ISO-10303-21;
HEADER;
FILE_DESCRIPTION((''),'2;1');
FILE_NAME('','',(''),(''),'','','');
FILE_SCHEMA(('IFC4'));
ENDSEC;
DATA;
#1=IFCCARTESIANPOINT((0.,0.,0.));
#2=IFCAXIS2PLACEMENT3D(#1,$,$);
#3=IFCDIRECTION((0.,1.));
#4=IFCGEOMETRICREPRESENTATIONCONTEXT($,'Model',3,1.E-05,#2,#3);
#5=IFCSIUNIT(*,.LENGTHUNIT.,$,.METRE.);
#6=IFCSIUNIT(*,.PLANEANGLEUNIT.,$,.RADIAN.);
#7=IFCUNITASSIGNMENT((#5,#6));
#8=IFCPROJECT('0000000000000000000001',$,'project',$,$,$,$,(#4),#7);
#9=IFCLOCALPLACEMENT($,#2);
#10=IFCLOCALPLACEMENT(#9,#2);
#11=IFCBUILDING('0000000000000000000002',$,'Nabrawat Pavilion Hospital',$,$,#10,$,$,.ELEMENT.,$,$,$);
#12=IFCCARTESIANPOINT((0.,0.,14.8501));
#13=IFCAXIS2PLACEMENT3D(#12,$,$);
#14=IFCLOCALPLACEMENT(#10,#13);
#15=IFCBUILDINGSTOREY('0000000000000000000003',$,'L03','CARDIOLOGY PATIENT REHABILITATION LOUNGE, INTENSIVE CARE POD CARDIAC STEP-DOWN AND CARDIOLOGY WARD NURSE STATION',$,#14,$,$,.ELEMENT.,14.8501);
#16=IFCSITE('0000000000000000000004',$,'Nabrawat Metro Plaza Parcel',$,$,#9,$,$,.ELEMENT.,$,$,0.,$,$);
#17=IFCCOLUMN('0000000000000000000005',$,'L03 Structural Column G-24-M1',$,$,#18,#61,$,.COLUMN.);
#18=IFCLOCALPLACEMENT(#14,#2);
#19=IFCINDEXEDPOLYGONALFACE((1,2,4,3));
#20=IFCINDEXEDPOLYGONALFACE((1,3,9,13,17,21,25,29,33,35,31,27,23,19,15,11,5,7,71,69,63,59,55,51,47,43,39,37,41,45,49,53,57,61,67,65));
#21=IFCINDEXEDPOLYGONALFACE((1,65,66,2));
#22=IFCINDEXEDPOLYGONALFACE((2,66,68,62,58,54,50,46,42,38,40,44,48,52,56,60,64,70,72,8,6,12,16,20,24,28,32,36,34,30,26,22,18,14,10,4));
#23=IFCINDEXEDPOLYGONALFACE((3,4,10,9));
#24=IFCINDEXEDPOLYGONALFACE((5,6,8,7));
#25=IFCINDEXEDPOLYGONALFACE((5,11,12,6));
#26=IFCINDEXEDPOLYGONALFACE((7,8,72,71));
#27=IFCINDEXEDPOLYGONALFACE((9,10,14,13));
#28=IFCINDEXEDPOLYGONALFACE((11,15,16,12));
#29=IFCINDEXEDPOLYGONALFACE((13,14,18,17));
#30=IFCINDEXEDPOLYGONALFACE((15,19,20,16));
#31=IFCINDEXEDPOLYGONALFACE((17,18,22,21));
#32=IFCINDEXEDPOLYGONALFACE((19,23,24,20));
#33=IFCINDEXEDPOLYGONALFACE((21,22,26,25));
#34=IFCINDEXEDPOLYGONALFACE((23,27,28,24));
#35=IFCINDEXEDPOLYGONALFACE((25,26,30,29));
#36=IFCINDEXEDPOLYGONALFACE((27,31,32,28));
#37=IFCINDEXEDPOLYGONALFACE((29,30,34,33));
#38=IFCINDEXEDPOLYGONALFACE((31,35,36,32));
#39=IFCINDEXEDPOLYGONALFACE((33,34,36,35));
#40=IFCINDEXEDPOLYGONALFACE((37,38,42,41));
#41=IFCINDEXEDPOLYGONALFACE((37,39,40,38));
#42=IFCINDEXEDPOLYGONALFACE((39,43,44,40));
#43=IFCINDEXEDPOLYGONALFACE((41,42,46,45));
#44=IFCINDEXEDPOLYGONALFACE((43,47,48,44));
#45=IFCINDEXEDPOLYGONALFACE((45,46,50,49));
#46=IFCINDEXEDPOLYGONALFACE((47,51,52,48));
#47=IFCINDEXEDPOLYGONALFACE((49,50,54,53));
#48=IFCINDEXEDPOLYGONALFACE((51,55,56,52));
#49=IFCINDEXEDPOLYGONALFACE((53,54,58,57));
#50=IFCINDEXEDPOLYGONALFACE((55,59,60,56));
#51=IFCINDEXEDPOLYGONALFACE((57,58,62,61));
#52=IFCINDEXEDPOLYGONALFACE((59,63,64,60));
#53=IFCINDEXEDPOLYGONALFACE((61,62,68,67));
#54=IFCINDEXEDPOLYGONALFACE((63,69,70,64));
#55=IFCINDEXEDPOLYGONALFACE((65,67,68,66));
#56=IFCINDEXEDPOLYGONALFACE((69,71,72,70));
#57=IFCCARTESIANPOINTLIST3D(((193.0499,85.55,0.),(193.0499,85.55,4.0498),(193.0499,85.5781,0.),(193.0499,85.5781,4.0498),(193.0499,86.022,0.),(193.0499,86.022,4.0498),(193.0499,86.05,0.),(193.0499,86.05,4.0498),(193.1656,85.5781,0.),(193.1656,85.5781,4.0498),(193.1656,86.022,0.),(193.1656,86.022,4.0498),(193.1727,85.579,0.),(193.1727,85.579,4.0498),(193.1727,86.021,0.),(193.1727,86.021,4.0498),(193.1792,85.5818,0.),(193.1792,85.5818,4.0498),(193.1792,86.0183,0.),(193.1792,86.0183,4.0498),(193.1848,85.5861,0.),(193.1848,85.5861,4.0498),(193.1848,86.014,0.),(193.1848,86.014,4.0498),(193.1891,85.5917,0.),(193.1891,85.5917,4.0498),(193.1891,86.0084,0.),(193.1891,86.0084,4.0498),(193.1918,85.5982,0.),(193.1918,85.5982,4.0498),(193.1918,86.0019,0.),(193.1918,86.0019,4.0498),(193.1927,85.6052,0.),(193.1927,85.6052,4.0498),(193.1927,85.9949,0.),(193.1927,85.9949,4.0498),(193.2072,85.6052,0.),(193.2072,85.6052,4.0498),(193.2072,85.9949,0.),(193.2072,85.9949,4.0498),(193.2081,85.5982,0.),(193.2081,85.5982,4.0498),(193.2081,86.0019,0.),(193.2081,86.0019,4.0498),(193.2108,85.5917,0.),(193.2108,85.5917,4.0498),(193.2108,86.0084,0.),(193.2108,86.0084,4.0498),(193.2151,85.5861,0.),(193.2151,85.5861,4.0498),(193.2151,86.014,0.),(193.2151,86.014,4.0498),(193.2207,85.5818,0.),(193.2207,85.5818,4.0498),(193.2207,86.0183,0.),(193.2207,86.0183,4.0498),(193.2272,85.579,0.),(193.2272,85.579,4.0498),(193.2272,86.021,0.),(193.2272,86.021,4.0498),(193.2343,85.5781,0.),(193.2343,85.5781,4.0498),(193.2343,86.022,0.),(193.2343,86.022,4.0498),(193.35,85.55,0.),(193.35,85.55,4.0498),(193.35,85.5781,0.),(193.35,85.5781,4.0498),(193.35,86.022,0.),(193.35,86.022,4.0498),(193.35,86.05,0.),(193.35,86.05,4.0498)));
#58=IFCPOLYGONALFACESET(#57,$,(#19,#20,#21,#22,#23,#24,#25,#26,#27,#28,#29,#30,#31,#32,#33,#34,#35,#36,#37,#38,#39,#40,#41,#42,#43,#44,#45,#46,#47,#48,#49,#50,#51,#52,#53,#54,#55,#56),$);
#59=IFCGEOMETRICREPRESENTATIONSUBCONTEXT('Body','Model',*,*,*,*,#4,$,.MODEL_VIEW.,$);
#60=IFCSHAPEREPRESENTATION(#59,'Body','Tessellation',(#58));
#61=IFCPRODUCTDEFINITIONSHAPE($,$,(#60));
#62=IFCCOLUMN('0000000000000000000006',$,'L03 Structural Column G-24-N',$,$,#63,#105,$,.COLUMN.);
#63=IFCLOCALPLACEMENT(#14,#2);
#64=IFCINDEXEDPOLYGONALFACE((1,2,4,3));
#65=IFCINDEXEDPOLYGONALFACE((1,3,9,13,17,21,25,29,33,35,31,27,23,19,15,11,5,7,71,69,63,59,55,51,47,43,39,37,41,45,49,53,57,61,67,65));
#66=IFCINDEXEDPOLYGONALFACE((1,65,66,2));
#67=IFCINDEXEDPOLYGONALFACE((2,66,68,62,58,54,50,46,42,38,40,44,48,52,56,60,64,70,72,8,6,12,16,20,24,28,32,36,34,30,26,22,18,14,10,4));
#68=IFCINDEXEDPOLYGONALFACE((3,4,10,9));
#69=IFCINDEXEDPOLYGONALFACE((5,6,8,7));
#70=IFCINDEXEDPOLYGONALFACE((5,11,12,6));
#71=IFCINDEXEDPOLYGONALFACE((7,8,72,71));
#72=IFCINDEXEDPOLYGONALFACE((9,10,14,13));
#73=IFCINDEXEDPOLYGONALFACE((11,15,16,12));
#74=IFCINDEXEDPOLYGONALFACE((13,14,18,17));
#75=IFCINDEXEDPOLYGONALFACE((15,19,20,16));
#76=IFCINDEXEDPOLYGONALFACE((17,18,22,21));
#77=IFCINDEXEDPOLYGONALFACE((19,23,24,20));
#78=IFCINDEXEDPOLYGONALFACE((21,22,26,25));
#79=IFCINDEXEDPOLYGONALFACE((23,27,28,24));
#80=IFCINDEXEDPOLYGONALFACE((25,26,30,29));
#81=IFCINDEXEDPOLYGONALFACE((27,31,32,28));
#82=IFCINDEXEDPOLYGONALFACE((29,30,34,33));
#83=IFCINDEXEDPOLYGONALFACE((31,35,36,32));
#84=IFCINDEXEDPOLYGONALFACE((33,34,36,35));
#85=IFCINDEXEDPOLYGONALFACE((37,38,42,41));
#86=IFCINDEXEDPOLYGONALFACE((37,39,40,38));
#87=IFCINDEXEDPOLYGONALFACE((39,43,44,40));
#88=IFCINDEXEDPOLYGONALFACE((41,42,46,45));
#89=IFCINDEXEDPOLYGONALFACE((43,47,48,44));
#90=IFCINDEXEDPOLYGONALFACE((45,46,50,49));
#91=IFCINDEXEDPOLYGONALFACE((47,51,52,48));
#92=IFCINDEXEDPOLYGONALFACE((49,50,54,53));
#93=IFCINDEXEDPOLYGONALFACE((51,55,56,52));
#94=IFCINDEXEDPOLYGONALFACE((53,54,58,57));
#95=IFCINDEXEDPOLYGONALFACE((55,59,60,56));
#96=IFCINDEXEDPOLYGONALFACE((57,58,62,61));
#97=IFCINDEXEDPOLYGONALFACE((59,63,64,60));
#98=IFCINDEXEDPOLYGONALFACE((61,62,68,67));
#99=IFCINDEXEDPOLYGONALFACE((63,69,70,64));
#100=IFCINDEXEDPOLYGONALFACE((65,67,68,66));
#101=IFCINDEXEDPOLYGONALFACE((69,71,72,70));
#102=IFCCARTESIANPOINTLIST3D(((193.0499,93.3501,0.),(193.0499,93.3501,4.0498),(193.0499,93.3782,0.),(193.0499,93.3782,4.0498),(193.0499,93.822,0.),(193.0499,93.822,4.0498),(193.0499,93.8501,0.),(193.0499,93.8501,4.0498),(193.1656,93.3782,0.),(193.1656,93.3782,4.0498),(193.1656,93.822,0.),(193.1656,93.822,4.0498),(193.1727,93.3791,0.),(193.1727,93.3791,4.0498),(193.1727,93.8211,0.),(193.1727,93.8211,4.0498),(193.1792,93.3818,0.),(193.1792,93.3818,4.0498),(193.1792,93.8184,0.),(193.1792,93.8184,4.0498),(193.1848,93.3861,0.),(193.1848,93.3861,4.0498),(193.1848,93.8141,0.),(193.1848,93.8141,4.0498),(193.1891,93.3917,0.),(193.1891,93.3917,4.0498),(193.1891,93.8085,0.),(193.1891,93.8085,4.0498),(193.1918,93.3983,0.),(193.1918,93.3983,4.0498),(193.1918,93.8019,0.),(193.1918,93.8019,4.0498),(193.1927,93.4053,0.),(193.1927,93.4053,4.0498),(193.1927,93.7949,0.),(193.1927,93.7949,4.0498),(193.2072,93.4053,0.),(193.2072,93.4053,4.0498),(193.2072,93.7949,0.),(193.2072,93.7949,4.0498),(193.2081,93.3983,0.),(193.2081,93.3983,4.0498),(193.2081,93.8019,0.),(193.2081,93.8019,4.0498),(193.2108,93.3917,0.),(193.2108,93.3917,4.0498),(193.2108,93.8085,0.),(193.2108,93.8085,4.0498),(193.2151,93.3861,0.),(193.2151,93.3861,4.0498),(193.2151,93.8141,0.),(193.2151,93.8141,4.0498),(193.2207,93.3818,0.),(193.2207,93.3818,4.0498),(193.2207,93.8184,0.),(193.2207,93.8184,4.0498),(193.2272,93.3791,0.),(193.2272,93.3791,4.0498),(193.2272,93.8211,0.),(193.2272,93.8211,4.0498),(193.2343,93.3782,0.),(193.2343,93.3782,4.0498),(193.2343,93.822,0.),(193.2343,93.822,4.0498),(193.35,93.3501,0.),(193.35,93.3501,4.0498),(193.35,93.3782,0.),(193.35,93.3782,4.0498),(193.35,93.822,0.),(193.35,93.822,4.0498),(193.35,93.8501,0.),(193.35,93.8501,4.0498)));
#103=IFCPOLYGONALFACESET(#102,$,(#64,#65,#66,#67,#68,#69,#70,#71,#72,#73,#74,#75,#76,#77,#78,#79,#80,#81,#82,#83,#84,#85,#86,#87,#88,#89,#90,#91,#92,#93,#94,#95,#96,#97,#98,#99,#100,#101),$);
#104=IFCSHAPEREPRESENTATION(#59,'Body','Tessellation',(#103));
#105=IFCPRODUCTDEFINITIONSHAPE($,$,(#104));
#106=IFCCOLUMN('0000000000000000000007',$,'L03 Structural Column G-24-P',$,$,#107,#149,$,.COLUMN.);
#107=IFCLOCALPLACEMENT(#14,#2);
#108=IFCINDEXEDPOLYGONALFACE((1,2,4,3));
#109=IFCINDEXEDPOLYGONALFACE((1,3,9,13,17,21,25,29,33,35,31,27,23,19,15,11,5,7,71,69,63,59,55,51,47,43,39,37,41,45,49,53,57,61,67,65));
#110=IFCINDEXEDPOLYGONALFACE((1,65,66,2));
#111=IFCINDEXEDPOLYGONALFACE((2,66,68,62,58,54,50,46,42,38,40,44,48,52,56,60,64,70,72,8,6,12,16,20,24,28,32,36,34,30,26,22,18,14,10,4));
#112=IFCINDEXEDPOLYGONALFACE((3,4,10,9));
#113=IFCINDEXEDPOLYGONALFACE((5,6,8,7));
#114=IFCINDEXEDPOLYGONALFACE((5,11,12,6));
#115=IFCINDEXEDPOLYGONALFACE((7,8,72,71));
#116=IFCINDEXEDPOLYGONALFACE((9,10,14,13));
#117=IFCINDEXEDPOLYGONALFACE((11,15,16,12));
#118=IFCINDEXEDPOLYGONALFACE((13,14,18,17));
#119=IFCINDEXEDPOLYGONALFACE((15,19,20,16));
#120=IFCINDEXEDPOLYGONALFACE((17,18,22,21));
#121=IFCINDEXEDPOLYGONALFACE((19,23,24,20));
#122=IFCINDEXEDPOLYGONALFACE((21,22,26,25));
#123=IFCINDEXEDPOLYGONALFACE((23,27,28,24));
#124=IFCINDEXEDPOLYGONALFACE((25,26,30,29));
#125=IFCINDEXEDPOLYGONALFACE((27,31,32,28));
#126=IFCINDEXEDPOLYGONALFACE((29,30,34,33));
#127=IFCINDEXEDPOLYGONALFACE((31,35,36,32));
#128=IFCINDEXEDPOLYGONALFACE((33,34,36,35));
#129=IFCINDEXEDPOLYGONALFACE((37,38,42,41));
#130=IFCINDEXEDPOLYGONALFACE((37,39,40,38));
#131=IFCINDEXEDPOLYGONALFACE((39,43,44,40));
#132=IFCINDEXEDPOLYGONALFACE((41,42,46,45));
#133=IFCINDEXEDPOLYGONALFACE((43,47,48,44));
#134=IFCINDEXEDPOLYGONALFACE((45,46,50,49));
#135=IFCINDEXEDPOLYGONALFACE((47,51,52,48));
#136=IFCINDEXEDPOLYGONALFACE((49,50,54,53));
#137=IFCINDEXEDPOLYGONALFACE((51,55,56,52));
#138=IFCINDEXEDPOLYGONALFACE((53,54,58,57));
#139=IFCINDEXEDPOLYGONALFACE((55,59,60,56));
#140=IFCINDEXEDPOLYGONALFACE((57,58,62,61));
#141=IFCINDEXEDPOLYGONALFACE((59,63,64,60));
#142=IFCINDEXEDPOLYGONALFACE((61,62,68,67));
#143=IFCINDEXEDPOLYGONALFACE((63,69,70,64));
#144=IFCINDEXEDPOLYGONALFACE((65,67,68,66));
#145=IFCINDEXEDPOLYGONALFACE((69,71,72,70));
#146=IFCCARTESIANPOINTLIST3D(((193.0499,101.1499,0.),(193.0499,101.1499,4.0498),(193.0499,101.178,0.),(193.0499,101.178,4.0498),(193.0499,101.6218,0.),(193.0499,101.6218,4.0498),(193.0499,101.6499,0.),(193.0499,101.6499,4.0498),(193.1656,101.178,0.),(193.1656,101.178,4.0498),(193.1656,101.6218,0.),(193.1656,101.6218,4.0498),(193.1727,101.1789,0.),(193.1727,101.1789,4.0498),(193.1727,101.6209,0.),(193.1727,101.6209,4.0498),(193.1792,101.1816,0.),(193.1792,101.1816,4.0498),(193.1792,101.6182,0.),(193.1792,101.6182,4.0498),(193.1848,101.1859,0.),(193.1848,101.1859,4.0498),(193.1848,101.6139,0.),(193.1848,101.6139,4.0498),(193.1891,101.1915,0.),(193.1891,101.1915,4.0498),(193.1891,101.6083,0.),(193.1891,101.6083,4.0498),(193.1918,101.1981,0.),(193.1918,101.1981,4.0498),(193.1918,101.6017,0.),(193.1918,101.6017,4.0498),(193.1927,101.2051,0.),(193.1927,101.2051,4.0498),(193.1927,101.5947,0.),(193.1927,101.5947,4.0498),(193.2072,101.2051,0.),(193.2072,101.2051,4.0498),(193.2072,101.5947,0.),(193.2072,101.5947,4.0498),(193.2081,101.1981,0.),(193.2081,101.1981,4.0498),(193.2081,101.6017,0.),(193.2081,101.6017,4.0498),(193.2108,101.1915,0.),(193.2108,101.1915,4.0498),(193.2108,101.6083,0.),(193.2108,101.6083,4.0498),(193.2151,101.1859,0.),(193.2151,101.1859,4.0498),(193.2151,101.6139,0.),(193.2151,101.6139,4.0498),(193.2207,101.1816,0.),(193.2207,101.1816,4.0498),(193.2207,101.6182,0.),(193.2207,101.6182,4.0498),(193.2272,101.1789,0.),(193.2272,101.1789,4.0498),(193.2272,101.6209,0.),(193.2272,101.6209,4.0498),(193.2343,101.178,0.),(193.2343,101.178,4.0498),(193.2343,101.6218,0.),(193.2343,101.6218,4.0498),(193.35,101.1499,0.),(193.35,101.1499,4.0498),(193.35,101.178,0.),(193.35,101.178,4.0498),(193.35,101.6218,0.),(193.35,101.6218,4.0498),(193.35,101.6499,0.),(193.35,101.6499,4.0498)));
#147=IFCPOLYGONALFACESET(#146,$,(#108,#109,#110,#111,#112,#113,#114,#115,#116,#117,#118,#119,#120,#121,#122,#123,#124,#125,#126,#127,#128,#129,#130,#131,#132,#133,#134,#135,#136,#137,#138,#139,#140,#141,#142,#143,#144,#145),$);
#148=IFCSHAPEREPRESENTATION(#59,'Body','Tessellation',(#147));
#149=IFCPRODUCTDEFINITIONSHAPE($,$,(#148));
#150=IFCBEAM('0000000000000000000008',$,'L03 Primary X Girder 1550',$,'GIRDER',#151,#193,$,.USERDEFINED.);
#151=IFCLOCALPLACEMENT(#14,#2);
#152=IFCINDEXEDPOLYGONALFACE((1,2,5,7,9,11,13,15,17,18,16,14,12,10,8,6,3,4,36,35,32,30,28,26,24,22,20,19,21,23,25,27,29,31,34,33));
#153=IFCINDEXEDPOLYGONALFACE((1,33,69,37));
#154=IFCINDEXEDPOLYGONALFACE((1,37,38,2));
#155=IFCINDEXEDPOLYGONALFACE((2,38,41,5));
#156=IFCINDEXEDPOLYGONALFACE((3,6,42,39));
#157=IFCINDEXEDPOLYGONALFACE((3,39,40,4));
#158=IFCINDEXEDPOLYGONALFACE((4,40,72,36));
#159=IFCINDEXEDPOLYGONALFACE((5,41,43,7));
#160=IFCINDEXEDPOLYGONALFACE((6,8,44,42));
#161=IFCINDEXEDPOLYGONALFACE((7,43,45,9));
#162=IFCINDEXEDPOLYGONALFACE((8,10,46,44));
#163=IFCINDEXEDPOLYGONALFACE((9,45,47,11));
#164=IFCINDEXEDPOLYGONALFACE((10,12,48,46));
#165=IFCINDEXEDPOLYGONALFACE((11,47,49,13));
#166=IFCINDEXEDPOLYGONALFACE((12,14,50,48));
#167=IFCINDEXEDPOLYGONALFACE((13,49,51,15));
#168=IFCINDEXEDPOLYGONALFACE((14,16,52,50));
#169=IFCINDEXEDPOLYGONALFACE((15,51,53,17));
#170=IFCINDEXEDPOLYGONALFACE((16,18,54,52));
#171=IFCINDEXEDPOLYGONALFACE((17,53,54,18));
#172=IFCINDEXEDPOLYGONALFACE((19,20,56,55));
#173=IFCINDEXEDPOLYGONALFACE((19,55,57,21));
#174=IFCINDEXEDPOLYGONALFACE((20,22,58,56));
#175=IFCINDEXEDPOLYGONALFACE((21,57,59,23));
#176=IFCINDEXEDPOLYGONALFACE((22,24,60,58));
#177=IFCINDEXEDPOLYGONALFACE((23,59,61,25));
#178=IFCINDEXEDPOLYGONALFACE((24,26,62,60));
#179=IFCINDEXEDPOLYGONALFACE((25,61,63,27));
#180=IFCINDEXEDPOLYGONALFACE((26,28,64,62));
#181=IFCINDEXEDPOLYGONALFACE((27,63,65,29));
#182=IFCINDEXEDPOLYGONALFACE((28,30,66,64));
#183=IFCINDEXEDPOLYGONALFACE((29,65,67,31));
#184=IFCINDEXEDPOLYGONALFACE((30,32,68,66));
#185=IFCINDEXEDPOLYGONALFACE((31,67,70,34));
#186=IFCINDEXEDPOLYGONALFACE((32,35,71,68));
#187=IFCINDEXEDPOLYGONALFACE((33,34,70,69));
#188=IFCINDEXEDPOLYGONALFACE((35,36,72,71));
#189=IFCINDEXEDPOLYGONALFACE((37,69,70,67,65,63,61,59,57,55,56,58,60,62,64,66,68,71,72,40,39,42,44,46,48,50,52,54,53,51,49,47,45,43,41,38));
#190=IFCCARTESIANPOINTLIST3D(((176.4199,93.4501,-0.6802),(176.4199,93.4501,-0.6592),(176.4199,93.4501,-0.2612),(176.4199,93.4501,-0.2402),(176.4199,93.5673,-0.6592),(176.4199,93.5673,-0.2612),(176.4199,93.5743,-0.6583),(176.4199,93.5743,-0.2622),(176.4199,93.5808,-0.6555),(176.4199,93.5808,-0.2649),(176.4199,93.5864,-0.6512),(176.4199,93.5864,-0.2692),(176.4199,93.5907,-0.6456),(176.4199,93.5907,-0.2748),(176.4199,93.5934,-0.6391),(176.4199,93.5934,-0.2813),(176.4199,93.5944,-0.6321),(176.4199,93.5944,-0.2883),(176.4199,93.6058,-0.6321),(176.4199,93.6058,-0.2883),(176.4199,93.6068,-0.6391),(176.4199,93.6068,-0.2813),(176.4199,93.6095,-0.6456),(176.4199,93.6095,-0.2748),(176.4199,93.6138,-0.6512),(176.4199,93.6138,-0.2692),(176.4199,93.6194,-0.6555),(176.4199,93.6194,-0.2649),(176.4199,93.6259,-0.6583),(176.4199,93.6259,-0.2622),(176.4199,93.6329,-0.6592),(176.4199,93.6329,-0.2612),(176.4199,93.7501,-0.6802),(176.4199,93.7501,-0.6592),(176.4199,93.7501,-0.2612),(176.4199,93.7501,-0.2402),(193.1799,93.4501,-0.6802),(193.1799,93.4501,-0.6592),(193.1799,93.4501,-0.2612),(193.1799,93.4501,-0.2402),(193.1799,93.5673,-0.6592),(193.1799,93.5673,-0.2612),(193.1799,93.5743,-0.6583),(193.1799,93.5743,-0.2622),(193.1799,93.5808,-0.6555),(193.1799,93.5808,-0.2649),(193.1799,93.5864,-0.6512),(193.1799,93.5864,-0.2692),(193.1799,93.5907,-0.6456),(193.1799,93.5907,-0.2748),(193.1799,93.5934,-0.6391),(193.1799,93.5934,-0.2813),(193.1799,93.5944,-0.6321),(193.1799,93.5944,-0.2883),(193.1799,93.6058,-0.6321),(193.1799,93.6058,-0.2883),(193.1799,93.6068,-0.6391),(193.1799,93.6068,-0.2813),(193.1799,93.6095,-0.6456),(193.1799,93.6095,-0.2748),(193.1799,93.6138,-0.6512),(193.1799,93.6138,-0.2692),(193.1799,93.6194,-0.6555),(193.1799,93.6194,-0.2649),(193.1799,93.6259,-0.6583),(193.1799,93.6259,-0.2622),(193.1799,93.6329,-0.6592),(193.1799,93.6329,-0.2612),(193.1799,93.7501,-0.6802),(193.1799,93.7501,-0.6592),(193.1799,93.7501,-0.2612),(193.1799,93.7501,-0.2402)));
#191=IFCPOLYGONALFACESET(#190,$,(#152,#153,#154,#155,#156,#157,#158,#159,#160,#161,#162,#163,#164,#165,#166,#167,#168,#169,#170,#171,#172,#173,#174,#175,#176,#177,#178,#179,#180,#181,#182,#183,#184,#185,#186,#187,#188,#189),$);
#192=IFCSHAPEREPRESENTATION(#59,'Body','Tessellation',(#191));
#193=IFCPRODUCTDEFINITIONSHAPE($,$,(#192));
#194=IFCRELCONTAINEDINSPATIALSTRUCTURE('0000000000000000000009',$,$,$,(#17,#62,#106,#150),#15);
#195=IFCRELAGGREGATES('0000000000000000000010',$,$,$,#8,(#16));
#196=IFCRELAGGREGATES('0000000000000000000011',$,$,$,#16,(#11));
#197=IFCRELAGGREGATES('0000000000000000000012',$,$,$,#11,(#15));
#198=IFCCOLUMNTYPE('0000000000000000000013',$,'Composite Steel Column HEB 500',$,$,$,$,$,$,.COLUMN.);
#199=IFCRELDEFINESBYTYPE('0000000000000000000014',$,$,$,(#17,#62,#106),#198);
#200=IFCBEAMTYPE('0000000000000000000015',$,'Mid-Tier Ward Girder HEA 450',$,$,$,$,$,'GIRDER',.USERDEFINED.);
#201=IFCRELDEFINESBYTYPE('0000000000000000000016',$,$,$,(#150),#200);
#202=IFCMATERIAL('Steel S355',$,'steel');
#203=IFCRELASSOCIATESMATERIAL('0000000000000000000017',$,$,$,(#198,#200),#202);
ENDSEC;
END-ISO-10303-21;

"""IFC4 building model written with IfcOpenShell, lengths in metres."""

from ifc_helpers import new_model, si_unit, direction, frame, origin, origin_2d, place, context, subcontext, project, spatial, i_section, extrude, material, material_profile, profile_set, type_object, element, save


model = new_model("IFC4")

# Units and contexts
model_context = context("Model", 3, precision=1e-05, world=origin(), true_north=direction((0.0, 1.0)))
body_context = subcontext(model_context, "Body", "Model", "MODEL_VIEW")
ifc_project = project(units=[si_unit("LENGTHUNIT", "METRE"), si_unit("PLANEANGLEUNIT", "RADIAN")], contexts=[model_context])

# Site, building, storey
site_placement = place(None, origin())
site = spatial("IfcSite", under=ifc_project, at=site_placement, Name="Nabrawat Metro Plaza Parcel", CompositionType="ELEMENT", RefElevation=0.0)
building_placement = place(site_placement, origin())
building = spatial("IfcBuilding", under=site, at=building_placement, Name="Nabrawat Pavilion Hospital", CompositionType="ELEMENT")
storey_placement = place(building_placement, frame((0.0, 0.0, 14.8501)))
storey = spatial("IfcBuildingStorey", under=building, at=storey_placement, Name="L03", Description="CARDIOLOGY PATIENT REHABILITATION LOUNGE, INTENSIVE CARE POD CARDIAC STEP-DOWN AND CARDIOLOGY WARD NURSE STATION", CompositionType="ELEMENT", Elevation=14.8501)

# Columns
ifc_material_1 = material(Name="Steel S355", Category="steel")
ifc_material_profile_1 = material_profile(ifc_material_1, i_section(OverallWidth=0.3, OverallDepth=0.5, WebThickness=0.0144, FlangeThickness=0.0281, FilletRadius=0.0271, at=origin_2d()), Name="HEB 500")
ifc_profile_set_1 = profile_set([ifc_material_profile_1], Name="Steel S355")
column_type = type_object("IfcColumnType", Name="Composite Steel Column HEB 500", PredefinedType="COLUMN", material=ifc_profile_set_1)
for number, where, z_axis, x_axis, name in (
    (1, (193.2, 85.8, 0.0), (0.0, 0.0, 1.0), (1.0, 0.0, 0.0), "L03 Structural Column G-24-M1"),
    (2, (193.2, 93.6001, 0.0), (0.0, 0.0, 1.0), (1.0, 0.0, 0.0), "L03 Structural Column G-24-N"),
    (3, (193.2, 101.3999, 0.0), (0.0, 0.0, 1.0), (1.0, 0.0, 0.0), "L03 Structural Column G-24-P"),
):
    element("IfcColumn", number, at=place(storey_placement, frame(where, z_axis=z_axis, x_axis=x_axis)), inside=storey, type_object=column_type, Name=name, PredefinedType="COLUMN", context=body_context, shape_type="SweptSolid", body=[
        extrude(i_section(OverallWidth=0.3, OverallDepth=0.5, WebThickness=0.0144, FlangeThickness=0.0281, FilletRadius=0.0271, at=origin_2d()), origin(), (0.0, 0.0, 1.0), 4.0498),
    ])

# Beam
ifc_material_profile_2 = material_profile(ifc_material_1, i_section(OverallWidth=0.3, OverallDepth=0.4399, WebThickness=0.0115, FlangeThickness=0.021, FilletRadius=0.0271, at=origin_2d()), Name="HEA 450")
ifc_profile_set_2 = profile_set([ifc_material_profile_2], Name="Steel S355")
beam_type_1 = type_object("IfcBeamType", Name="Mid-Tier Ward Girder HEA 450", ElementType="GIRDER", PredefinedType="USERDEFINED", material=ifc_profile_set_2)
for number, where, z_axis, x_axis, name in (
    (4, (176.4199, 93.6001, -0.4602), (1.0, 0.0, 0.0), (0.0, 1.0, 0.0), "L03 Primary X Girder 1550"),
):
    element("IfcBeam", number, at=place(storey_placement, frame(where, z_axis=z_axis, x_axis=x_axis)), inside=storey, type_object=beam_type_1, Name=name, ObjectType="GIRDER", PredefinedType="USERDEFINED", context=body_context, shape_type="SweptSolid", body=[
        extrude(i_section(OverallWidth=0.3, OverallDepth=0.4399, WebThickness=0.0115, FlangeThickness=0.021, FilletRadius=0.0271, at=origin_2d()), origin(), (0.0, 0.0, 1.0), 16.76),
    ])

save(model, "model.ifc")
